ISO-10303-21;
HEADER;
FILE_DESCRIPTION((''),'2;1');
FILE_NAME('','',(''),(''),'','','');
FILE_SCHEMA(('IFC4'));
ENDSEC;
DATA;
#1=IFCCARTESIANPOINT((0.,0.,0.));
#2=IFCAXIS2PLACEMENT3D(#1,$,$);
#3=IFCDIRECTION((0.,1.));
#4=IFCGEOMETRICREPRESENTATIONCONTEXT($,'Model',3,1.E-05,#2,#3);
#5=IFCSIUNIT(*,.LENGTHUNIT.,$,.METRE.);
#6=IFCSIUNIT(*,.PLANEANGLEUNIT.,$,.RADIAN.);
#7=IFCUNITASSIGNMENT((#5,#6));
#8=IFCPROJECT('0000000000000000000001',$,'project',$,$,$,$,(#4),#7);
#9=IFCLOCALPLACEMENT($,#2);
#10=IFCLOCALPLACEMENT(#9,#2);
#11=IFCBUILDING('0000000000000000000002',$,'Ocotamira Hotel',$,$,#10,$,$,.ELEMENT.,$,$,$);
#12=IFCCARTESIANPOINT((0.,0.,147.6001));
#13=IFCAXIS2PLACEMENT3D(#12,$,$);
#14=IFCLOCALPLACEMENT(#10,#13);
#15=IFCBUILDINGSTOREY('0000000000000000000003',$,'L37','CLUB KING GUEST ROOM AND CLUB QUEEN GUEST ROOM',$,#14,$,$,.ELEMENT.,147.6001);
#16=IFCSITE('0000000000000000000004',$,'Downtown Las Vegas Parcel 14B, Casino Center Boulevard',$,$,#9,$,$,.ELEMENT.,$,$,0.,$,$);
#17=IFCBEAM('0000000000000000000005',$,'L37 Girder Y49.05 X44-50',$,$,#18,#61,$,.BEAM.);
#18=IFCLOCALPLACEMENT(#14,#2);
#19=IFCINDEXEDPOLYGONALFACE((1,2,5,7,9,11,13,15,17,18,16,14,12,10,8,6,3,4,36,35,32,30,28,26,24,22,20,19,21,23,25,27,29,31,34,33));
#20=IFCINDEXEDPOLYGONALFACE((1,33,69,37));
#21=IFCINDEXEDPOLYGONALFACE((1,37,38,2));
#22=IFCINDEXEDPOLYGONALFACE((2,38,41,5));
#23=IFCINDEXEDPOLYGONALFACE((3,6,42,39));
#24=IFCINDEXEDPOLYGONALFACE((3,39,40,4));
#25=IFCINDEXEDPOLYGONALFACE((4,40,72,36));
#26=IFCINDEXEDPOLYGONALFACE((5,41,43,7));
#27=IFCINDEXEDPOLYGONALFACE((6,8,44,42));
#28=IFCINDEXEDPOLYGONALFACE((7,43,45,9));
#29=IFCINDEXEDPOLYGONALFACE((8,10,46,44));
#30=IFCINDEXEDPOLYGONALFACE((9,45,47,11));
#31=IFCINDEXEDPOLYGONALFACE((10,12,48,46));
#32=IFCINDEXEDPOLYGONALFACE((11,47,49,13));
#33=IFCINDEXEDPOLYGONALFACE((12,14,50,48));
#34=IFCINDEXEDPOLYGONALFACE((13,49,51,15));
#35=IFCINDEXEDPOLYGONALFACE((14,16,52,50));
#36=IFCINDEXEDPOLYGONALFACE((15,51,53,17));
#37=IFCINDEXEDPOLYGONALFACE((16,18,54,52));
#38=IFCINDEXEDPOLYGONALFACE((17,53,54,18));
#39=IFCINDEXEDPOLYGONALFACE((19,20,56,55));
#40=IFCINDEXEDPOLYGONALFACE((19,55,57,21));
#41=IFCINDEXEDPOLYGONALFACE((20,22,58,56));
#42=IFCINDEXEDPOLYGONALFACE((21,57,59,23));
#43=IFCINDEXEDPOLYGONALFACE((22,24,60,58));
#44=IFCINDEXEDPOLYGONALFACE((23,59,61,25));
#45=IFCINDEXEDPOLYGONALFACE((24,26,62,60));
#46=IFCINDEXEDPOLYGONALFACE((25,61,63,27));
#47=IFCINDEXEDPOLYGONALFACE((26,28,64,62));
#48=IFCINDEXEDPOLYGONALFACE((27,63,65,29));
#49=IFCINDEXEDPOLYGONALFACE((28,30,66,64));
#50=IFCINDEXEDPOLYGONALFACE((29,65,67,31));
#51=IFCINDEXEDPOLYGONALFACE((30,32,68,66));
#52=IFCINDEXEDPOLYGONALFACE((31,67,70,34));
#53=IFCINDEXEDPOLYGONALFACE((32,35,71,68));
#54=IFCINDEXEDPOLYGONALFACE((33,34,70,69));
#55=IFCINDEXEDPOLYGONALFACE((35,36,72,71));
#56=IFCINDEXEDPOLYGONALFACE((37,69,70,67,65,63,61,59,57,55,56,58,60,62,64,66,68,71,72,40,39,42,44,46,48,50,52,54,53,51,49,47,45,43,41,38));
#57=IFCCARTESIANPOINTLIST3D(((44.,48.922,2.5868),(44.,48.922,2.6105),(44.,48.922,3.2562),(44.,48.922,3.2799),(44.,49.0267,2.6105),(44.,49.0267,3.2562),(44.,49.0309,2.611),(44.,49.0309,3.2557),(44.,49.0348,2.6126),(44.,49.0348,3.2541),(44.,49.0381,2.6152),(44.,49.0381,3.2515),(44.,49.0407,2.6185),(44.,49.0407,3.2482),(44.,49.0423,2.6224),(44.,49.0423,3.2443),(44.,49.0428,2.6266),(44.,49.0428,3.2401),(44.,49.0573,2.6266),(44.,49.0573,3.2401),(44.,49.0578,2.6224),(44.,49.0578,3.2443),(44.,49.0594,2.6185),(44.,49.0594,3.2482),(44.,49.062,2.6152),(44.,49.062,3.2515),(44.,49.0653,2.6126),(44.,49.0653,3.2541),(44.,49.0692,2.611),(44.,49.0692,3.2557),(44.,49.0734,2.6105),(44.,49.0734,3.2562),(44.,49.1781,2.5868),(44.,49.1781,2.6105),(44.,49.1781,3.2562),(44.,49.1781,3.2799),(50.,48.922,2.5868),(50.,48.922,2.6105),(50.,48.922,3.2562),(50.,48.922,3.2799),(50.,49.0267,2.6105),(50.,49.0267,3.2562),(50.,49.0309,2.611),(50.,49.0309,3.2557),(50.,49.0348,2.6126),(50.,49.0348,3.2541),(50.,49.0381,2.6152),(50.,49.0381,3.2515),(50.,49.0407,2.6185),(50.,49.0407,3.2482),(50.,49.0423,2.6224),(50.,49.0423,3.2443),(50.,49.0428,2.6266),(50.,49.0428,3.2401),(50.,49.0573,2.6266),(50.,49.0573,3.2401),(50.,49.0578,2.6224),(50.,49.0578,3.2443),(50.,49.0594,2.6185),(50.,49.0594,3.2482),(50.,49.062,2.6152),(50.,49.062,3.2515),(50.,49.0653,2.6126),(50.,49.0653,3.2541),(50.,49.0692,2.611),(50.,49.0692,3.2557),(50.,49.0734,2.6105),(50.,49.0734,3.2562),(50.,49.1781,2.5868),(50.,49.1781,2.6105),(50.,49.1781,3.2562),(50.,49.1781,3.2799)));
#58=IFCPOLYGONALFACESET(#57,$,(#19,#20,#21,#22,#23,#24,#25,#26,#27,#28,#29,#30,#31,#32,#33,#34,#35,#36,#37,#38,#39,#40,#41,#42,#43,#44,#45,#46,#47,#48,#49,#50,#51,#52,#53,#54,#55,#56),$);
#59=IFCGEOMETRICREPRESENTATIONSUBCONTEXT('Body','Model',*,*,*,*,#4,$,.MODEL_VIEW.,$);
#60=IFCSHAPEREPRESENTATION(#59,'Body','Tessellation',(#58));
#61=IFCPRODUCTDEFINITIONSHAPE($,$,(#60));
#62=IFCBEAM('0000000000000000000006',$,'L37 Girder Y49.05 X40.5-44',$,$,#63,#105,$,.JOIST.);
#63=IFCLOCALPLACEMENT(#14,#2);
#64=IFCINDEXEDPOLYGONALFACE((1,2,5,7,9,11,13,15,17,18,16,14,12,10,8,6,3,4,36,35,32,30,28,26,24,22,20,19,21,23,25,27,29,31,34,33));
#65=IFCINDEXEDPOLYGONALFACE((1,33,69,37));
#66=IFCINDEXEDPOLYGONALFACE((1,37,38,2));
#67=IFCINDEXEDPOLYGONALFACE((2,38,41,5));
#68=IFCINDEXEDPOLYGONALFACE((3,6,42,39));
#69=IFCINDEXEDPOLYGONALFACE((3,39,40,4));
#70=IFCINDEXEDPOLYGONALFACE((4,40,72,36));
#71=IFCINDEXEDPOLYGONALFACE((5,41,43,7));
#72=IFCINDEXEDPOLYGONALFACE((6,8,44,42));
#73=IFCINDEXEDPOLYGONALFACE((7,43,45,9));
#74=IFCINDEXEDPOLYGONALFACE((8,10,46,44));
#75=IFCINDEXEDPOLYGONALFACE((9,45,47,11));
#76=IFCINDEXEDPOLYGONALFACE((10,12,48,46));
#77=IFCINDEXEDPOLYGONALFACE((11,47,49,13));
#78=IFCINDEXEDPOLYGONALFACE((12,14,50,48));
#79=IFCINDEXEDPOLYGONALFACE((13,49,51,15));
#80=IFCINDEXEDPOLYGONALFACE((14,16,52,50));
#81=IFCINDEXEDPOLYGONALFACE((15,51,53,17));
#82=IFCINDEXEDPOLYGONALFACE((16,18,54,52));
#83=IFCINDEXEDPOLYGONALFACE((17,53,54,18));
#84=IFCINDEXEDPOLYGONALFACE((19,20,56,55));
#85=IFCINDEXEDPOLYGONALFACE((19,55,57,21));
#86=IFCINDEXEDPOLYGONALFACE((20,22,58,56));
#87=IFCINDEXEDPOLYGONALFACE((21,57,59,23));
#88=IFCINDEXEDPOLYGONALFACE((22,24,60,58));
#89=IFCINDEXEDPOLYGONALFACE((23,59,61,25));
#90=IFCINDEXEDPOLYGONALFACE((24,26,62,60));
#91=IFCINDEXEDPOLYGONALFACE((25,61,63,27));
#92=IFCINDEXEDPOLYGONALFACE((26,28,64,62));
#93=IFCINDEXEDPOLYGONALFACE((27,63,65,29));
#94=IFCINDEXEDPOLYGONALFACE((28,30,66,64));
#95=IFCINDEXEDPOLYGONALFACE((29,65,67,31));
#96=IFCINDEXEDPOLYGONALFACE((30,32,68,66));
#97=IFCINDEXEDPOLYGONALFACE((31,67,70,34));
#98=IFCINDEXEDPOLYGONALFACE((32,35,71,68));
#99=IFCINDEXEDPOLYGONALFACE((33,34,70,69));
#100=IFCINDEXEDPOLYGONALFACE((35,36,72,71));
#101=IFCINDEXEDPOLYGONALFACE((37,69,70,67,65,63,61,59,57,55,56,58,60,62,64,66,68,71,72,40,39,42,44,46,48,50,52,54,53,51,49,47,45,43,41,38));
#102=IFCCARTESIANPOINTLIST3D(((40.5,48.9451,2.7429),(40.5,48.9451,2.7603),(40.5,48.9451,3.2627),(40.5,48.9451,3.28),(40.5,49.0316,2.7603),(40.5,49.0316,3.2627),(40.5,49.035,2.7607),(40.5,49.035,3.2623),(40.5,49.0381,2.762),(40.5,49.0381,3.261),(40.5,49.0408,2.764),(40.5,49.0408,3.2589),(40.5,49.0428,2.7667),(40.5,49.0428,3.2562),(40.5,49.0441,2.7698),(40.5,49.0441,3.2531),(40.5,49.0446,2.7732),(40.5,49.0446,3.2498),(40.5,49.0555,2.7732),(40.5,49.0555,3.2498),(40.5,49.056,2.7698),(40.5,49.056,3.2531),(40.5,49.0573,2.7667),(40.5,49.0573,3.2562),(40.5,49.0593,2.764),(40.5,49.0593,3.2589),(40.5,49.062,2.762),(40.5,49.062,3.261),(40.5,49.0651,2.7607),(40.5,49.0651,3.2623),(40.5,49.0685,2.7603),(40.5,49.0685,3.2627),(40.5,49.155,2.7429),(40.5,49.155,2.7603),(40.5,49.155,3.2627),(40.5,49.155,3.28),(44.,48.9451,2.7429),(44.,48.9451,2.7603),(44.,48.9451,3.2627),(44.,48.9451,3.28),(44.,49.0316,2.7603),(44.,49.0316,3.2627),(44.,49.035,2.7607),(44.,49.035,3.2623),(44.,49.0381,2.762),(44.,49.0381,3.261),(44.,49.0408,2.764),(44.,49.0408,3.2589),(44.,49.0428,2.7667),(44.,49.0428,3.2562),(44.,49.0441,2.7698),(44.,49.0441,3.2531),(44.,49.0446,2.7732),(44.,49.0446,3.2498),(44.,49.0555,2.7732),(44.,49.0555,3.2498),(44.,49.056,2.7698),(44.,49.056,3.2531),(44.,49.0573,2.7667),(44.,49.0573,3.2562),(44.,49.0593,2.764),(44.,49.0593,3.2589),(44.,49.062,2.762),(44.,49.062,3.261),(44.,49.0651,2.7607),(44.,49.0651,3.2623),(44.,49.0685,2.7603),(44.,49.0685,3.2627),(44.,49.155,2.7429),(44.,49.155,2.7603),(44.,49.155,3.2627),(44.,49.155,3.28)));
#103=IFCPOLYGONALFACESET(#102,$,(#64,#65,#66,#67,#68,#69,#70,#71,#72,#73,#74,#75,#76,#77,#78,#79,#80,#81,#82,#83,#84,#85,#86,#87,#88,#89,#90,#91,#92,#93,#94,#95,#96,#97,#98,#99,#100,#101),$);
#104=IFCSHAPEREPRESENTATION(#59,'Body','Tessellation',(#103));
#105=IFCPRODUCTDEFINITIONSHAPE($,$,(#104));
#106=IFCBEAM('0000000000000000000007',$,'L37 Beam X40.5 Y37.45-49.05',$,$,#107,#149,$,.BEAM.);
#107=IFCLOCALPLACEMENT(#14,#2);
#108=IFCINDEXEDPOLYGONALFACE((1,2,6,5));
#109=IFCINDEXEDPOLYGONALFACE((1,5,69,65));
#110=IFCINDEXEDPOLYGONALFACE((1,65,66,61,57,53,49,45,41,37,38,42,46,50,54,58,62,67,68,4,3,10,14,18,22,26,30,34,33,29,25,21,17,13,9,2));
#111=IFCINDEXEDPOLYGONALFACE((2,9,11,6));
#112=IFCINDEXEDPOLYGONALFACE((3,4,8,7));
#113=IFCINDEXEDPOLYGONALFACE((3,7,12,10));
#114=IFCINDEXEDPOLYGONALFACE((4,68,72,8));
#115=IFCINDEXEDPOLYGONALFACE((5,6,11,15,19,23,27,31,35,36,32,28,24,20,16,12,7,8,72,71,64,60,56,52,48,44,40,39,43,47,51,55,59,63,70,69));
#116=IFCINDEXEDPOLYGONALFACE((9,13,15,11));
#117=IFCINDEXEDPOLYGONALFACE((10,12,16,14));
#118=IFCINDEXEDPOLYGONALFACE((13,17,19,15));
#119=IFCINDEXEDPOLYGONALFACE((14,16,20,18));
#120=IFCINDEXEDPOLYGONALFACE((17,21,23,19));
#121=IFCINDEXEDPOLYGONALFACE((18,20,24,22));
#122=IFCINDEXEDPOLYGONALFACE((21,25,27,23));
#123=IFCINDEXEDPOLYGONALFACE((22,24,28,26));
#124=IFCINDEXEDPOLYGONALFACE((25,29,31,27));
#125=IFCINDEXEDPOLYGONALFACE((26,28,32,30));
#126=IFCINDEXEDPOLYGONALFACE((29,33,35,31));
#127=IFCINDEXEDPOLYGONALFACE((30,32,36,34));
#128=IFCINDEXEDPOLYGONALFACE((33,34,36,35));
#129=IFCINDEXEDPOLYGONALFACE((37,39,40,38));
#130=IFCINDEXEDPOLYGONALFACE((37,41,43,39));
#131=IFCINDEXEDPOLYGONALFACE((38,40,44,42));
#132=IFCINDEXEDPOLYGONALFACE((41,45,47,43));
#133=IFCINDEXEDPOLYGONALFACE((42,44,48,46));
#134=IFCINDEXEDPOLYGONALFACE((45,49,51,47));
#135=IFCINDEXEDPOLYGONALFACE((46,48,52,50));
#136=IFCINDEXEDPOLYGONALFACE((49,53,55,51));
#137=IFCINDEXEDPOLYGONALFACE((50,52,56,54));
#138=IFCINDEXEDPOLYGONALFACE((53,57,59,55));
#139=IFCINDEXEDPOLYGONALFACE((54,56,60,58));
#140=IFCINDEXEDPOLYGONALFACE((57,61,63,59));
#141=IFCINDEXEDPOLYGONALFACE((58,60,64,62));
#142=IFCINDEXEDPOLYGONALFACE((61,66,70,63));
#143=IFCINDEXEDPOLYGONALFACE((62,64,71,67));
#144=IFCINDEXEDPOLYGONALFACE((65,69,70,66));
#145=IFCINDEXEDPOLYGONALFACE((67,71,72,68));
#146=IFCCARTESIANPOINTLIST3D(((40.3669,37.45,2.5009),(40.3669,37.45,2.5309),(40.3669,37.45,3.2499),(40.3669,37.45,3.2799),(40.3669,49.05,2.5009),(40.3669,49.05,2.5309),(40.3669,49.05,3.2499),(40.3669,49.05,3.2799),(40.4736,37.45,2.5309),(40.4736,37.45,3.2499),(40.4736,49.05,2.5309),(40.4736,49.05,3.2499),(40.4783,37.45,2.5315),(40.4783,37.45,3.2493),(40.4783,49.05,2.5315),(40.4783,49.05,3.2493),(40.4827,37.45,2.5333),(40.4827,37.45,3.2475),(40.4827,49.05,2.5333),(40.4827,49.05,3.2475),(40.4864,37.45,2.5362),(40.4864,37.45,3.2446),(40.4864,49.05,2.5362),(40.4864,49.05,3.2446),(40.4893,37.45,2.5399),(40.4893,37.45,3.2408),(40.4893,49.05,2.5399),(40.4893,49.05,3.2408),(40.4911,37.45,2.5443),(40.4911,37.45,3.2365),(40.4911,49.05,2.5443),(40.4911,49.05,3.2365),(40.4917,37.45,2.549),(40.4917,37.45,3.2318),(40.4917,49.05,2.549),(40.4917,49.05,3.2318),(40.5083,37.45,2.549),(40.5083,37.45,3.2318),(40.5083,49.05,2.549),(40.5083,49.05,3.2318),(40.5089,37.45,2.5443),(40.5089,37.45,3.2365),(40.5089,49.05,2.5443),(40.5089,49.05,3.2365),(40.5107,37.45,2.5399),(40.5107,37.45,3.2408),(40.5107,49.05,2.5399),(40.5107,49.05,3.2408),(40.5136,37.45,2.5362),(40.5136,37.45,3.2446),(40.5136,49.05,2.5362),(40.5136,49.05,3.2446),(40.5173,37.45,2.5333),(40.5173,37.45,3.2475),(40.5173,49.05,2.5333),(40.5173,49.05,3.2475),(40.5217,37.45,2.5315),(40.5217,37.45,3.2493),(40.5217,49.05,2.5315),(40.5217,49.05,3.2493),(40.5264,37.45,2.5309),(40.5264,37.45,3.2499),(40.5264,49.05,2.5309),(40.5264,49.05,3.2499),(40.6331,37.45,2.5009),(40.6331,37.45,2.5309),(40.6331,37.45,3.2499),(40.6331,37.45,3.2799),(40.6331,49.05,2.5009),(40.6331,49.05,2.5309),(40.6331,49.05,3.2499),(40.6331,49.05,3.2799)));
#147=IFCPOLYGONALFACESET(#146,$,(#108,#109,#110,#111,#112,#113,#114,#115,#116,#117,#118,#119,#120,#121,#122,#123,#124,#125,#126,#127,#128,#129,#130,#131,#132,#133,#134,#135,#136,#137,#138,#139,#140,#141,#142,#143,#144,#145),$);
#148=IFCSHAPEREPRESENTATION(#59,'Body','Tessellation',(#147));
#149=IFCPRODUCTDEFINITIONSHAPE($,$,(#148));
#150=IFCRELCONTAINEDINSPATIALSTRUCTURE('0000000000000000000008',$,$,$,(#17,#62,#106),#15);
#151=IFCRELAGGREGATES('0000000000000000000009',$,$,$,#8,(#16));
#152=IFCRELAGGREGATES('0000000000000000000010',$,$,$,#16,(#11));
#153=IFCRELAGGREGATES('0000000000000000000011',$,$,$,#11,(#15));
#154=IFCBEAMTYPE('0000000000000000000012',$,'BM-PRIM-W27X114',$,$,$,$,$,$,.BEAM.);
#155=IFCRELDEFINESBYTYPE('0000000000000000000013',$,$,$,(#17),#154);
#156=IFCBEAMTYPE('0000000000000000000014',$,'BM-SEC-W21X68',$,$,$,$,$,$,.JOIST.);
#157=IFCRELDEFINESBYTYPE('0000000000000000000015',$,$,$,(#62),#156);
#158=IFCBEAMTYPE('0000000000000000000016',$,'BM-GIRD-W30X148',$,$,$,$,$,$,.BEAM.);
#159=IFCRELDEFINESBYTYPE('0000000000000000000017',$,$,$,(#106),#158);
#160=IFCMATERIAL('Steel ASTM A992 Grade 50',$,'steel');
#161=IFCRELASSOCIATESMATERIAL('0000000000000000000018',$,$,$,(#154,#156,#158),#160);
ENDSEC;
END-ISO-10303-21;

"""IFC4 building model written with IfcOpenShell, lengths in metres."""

from ifc_helpers import new_model, si_unit, direction, frame, origin, origin_2d, place, context, subcontext, project, spatial, i_section, extrude, source, transform, mapped, material, material_profile, profile_set, type_object, element, save


model = new_model("IFC4")

# Units and contexts
model_context = context("Model", 3, precision=1e-05, world=origin(), true_north=direction((0.0, 1.0)))
body_context = subcontext(model_context, "Body", "Model", "MODEL_VIEW")
ifc_project = project(units=[si_unit("LENGTHUNIT", "METRE"), si_unit("PLANEANGLEUNIT", "RADIAN")], contexts=[model_context])

# Site, building, storey
site_placement = place(None, origin())
site = spatial("IfcSite", under=ifc_project, at=site_placement, Name="Downtown Las Vegas Parcel 14B, Casino Center Boulevard", CompositionType="ELEMENT", RefElevation=0.0)
building_placement = place(site_placement, origin())
building = spatial("IfcBuilding", under=site, at=building_placement, Name="Ocotamira Hotel", CompositionType="ELEMENT")
storey_placement = place(building_placement, frame((0.0, 0.0, 147.6001)))
storey = spatial("IfcBuildingStorey", under=building, at=storey_placement, Name="L37", Description="CLUB KING GUEST ROOM AND CLUB QUEEN GUEST ROOM", CompositionType="ELEMENT", Elevation=147.6001)

# Beams
ifc_material_1 = material(Name="Steel ASTM A992 Grade 50", Category="steel")
ifc_material_profile_1 = material_profile(ifc_material_1, i_section(OverallWidth=0.2561, OverallDepth=0.6931, WebThickness=0.0144, FlangeThickness=0.0237, FilletRadius=0.0161, at=origin_2d()), Name="W27X114")
ifc_profile_set_1 = profile_set([ifc_material_profile_1], Name="Steel ASTM A992 Grade 50")
beam_type_1 = type_object("IfcBeamType", Name="BM-PRIM-W27X114", PredefinedType="BEAM", material=ifc_profile_set_1)
shared_shape_1 = source(origin(), body_context, "Body", "SweptSolid", [
    extrude(i_section(OverallWidth=0.2561, OverallDepth=0.6931, WebThickness=0.0144, FlangeThickness=0.0237, FilletRadius=0.0161, at=origin_2d()), origin(), (0.0, 0.0, 1.0), 6.0),
])
beam_1_placement = place(storey_placement, frame((44.0, 49.05, 2.9333), z_axis=(1.0, 0.0, 0.0), x_axis=(0.0, 1.0, 0.0)))
element("IfcBeam", 1, at=beam_1_placement, inside=storey, type_object=beam_type_1, Name="L37 Girder Y49.05 X44-50", PredefinedType="BEAM", context=body_context, shape_type="MappedRepresentation", body=[
    mapped(shared_shape_1, transform((0.0, 0.0, 0.0), scale=1.0)),
])
ifc_material_profile_2 = material_profile(ifc_material_1, i_section(OverallWidth=0.21, OverallDepth=0.5371, WebThickness=0.011, FlangeThickness=0.0173, FilletRadius=0.0129, at=origin_2d()), Name="W21X68")
ifc_profile_set_2 = profile_set([ifc_material_profile_2], Name="Steel ASTM A992 Grade 50")
beam_type_2 = type_object("IfcBeamType", Name="BM-SEC-W21X68", PredefinedType="JOIST", material=ifc_profile_set_2)
shared_shape_2 = source(origin(), body_context, "Body", "SweptSolid", [
    extrude(i_section(OverallWidth=0.21, OverallDepth=0.5371, WebThickness=0.011, FlangeThickness=0.0173, FilletRadius=0.0129, at=origin_2d()), origin(), (0.0, 0.0, 1.0), 3.5),
])
beam_2_placement = place(storey_placement, frame((40.5, 49.05, 3.0115), z_axis=(1.0, 0.0, 0.0), x_axis=(0.0, 1.0, 0.0)))
element("IfcBeam", 2, at=beam_2_placement, inside=storey, type_object=beam_type_2, Name="L37 Girder Y49.05 X40.5-44", PredefinedType="JOIST", context=body_context, shape_type="MappedRepresentation", body=[
    mapped(shared_shape_2, transform((0.0, 0.0, 0.0), scale=1.0)),
])
ifc_material_profile_3 = material_profile(ifc_material_1, i_section(OverallWidth=0.2661, OverallDepth=0.7791, WebThickness=0.0166, FlangeThickness=0.03, FilletRadius=0.0181, at=origin_2d()), Name="W30X148")
ifc_profile_set_3 = profile_set([ifc_material_profile_3], Name="Steel ASTM A992 Grade 50")
beam_type_3 = type_object("IfcBeamType", Name="BM-GIRD-W30X148", PredefinedType="BEAM", material=ifc_profile_set_3)
shared_shape_3 = source(origin(), body_context, "Body", "SweptSolid", [
    extrude(i_section(OverallWidth=0.2661, OverallDepth=0.7791, WebThickness=0.0166, FlangeThickness=0.03, FilletRadius=0.0181, at=origin_2d()), origin(), (0.0, 0.0, 1.0), 11.6001),
])
beam_3_placement = place(storey_placement, frame((40.5, 37.45, 2.8904), z_axis=(0.0, 1.0, 0.0), x_axis=(-1.0, 0.0, 0.0)))
element("IfcBeam", 3, at=beam_3_placement, inside=storey, type_object=beam_type_3, Name="L37 Beam X40.5 Y37.45-49.05", PredefinedType="BEAM", context=body_context, shape_type="MappedRepresentation", body=[
    mapped(shared_shape_3, transform((0.0, 0.0, 0.0), scale=1.0)),
])

save(model, "model.ifc")
